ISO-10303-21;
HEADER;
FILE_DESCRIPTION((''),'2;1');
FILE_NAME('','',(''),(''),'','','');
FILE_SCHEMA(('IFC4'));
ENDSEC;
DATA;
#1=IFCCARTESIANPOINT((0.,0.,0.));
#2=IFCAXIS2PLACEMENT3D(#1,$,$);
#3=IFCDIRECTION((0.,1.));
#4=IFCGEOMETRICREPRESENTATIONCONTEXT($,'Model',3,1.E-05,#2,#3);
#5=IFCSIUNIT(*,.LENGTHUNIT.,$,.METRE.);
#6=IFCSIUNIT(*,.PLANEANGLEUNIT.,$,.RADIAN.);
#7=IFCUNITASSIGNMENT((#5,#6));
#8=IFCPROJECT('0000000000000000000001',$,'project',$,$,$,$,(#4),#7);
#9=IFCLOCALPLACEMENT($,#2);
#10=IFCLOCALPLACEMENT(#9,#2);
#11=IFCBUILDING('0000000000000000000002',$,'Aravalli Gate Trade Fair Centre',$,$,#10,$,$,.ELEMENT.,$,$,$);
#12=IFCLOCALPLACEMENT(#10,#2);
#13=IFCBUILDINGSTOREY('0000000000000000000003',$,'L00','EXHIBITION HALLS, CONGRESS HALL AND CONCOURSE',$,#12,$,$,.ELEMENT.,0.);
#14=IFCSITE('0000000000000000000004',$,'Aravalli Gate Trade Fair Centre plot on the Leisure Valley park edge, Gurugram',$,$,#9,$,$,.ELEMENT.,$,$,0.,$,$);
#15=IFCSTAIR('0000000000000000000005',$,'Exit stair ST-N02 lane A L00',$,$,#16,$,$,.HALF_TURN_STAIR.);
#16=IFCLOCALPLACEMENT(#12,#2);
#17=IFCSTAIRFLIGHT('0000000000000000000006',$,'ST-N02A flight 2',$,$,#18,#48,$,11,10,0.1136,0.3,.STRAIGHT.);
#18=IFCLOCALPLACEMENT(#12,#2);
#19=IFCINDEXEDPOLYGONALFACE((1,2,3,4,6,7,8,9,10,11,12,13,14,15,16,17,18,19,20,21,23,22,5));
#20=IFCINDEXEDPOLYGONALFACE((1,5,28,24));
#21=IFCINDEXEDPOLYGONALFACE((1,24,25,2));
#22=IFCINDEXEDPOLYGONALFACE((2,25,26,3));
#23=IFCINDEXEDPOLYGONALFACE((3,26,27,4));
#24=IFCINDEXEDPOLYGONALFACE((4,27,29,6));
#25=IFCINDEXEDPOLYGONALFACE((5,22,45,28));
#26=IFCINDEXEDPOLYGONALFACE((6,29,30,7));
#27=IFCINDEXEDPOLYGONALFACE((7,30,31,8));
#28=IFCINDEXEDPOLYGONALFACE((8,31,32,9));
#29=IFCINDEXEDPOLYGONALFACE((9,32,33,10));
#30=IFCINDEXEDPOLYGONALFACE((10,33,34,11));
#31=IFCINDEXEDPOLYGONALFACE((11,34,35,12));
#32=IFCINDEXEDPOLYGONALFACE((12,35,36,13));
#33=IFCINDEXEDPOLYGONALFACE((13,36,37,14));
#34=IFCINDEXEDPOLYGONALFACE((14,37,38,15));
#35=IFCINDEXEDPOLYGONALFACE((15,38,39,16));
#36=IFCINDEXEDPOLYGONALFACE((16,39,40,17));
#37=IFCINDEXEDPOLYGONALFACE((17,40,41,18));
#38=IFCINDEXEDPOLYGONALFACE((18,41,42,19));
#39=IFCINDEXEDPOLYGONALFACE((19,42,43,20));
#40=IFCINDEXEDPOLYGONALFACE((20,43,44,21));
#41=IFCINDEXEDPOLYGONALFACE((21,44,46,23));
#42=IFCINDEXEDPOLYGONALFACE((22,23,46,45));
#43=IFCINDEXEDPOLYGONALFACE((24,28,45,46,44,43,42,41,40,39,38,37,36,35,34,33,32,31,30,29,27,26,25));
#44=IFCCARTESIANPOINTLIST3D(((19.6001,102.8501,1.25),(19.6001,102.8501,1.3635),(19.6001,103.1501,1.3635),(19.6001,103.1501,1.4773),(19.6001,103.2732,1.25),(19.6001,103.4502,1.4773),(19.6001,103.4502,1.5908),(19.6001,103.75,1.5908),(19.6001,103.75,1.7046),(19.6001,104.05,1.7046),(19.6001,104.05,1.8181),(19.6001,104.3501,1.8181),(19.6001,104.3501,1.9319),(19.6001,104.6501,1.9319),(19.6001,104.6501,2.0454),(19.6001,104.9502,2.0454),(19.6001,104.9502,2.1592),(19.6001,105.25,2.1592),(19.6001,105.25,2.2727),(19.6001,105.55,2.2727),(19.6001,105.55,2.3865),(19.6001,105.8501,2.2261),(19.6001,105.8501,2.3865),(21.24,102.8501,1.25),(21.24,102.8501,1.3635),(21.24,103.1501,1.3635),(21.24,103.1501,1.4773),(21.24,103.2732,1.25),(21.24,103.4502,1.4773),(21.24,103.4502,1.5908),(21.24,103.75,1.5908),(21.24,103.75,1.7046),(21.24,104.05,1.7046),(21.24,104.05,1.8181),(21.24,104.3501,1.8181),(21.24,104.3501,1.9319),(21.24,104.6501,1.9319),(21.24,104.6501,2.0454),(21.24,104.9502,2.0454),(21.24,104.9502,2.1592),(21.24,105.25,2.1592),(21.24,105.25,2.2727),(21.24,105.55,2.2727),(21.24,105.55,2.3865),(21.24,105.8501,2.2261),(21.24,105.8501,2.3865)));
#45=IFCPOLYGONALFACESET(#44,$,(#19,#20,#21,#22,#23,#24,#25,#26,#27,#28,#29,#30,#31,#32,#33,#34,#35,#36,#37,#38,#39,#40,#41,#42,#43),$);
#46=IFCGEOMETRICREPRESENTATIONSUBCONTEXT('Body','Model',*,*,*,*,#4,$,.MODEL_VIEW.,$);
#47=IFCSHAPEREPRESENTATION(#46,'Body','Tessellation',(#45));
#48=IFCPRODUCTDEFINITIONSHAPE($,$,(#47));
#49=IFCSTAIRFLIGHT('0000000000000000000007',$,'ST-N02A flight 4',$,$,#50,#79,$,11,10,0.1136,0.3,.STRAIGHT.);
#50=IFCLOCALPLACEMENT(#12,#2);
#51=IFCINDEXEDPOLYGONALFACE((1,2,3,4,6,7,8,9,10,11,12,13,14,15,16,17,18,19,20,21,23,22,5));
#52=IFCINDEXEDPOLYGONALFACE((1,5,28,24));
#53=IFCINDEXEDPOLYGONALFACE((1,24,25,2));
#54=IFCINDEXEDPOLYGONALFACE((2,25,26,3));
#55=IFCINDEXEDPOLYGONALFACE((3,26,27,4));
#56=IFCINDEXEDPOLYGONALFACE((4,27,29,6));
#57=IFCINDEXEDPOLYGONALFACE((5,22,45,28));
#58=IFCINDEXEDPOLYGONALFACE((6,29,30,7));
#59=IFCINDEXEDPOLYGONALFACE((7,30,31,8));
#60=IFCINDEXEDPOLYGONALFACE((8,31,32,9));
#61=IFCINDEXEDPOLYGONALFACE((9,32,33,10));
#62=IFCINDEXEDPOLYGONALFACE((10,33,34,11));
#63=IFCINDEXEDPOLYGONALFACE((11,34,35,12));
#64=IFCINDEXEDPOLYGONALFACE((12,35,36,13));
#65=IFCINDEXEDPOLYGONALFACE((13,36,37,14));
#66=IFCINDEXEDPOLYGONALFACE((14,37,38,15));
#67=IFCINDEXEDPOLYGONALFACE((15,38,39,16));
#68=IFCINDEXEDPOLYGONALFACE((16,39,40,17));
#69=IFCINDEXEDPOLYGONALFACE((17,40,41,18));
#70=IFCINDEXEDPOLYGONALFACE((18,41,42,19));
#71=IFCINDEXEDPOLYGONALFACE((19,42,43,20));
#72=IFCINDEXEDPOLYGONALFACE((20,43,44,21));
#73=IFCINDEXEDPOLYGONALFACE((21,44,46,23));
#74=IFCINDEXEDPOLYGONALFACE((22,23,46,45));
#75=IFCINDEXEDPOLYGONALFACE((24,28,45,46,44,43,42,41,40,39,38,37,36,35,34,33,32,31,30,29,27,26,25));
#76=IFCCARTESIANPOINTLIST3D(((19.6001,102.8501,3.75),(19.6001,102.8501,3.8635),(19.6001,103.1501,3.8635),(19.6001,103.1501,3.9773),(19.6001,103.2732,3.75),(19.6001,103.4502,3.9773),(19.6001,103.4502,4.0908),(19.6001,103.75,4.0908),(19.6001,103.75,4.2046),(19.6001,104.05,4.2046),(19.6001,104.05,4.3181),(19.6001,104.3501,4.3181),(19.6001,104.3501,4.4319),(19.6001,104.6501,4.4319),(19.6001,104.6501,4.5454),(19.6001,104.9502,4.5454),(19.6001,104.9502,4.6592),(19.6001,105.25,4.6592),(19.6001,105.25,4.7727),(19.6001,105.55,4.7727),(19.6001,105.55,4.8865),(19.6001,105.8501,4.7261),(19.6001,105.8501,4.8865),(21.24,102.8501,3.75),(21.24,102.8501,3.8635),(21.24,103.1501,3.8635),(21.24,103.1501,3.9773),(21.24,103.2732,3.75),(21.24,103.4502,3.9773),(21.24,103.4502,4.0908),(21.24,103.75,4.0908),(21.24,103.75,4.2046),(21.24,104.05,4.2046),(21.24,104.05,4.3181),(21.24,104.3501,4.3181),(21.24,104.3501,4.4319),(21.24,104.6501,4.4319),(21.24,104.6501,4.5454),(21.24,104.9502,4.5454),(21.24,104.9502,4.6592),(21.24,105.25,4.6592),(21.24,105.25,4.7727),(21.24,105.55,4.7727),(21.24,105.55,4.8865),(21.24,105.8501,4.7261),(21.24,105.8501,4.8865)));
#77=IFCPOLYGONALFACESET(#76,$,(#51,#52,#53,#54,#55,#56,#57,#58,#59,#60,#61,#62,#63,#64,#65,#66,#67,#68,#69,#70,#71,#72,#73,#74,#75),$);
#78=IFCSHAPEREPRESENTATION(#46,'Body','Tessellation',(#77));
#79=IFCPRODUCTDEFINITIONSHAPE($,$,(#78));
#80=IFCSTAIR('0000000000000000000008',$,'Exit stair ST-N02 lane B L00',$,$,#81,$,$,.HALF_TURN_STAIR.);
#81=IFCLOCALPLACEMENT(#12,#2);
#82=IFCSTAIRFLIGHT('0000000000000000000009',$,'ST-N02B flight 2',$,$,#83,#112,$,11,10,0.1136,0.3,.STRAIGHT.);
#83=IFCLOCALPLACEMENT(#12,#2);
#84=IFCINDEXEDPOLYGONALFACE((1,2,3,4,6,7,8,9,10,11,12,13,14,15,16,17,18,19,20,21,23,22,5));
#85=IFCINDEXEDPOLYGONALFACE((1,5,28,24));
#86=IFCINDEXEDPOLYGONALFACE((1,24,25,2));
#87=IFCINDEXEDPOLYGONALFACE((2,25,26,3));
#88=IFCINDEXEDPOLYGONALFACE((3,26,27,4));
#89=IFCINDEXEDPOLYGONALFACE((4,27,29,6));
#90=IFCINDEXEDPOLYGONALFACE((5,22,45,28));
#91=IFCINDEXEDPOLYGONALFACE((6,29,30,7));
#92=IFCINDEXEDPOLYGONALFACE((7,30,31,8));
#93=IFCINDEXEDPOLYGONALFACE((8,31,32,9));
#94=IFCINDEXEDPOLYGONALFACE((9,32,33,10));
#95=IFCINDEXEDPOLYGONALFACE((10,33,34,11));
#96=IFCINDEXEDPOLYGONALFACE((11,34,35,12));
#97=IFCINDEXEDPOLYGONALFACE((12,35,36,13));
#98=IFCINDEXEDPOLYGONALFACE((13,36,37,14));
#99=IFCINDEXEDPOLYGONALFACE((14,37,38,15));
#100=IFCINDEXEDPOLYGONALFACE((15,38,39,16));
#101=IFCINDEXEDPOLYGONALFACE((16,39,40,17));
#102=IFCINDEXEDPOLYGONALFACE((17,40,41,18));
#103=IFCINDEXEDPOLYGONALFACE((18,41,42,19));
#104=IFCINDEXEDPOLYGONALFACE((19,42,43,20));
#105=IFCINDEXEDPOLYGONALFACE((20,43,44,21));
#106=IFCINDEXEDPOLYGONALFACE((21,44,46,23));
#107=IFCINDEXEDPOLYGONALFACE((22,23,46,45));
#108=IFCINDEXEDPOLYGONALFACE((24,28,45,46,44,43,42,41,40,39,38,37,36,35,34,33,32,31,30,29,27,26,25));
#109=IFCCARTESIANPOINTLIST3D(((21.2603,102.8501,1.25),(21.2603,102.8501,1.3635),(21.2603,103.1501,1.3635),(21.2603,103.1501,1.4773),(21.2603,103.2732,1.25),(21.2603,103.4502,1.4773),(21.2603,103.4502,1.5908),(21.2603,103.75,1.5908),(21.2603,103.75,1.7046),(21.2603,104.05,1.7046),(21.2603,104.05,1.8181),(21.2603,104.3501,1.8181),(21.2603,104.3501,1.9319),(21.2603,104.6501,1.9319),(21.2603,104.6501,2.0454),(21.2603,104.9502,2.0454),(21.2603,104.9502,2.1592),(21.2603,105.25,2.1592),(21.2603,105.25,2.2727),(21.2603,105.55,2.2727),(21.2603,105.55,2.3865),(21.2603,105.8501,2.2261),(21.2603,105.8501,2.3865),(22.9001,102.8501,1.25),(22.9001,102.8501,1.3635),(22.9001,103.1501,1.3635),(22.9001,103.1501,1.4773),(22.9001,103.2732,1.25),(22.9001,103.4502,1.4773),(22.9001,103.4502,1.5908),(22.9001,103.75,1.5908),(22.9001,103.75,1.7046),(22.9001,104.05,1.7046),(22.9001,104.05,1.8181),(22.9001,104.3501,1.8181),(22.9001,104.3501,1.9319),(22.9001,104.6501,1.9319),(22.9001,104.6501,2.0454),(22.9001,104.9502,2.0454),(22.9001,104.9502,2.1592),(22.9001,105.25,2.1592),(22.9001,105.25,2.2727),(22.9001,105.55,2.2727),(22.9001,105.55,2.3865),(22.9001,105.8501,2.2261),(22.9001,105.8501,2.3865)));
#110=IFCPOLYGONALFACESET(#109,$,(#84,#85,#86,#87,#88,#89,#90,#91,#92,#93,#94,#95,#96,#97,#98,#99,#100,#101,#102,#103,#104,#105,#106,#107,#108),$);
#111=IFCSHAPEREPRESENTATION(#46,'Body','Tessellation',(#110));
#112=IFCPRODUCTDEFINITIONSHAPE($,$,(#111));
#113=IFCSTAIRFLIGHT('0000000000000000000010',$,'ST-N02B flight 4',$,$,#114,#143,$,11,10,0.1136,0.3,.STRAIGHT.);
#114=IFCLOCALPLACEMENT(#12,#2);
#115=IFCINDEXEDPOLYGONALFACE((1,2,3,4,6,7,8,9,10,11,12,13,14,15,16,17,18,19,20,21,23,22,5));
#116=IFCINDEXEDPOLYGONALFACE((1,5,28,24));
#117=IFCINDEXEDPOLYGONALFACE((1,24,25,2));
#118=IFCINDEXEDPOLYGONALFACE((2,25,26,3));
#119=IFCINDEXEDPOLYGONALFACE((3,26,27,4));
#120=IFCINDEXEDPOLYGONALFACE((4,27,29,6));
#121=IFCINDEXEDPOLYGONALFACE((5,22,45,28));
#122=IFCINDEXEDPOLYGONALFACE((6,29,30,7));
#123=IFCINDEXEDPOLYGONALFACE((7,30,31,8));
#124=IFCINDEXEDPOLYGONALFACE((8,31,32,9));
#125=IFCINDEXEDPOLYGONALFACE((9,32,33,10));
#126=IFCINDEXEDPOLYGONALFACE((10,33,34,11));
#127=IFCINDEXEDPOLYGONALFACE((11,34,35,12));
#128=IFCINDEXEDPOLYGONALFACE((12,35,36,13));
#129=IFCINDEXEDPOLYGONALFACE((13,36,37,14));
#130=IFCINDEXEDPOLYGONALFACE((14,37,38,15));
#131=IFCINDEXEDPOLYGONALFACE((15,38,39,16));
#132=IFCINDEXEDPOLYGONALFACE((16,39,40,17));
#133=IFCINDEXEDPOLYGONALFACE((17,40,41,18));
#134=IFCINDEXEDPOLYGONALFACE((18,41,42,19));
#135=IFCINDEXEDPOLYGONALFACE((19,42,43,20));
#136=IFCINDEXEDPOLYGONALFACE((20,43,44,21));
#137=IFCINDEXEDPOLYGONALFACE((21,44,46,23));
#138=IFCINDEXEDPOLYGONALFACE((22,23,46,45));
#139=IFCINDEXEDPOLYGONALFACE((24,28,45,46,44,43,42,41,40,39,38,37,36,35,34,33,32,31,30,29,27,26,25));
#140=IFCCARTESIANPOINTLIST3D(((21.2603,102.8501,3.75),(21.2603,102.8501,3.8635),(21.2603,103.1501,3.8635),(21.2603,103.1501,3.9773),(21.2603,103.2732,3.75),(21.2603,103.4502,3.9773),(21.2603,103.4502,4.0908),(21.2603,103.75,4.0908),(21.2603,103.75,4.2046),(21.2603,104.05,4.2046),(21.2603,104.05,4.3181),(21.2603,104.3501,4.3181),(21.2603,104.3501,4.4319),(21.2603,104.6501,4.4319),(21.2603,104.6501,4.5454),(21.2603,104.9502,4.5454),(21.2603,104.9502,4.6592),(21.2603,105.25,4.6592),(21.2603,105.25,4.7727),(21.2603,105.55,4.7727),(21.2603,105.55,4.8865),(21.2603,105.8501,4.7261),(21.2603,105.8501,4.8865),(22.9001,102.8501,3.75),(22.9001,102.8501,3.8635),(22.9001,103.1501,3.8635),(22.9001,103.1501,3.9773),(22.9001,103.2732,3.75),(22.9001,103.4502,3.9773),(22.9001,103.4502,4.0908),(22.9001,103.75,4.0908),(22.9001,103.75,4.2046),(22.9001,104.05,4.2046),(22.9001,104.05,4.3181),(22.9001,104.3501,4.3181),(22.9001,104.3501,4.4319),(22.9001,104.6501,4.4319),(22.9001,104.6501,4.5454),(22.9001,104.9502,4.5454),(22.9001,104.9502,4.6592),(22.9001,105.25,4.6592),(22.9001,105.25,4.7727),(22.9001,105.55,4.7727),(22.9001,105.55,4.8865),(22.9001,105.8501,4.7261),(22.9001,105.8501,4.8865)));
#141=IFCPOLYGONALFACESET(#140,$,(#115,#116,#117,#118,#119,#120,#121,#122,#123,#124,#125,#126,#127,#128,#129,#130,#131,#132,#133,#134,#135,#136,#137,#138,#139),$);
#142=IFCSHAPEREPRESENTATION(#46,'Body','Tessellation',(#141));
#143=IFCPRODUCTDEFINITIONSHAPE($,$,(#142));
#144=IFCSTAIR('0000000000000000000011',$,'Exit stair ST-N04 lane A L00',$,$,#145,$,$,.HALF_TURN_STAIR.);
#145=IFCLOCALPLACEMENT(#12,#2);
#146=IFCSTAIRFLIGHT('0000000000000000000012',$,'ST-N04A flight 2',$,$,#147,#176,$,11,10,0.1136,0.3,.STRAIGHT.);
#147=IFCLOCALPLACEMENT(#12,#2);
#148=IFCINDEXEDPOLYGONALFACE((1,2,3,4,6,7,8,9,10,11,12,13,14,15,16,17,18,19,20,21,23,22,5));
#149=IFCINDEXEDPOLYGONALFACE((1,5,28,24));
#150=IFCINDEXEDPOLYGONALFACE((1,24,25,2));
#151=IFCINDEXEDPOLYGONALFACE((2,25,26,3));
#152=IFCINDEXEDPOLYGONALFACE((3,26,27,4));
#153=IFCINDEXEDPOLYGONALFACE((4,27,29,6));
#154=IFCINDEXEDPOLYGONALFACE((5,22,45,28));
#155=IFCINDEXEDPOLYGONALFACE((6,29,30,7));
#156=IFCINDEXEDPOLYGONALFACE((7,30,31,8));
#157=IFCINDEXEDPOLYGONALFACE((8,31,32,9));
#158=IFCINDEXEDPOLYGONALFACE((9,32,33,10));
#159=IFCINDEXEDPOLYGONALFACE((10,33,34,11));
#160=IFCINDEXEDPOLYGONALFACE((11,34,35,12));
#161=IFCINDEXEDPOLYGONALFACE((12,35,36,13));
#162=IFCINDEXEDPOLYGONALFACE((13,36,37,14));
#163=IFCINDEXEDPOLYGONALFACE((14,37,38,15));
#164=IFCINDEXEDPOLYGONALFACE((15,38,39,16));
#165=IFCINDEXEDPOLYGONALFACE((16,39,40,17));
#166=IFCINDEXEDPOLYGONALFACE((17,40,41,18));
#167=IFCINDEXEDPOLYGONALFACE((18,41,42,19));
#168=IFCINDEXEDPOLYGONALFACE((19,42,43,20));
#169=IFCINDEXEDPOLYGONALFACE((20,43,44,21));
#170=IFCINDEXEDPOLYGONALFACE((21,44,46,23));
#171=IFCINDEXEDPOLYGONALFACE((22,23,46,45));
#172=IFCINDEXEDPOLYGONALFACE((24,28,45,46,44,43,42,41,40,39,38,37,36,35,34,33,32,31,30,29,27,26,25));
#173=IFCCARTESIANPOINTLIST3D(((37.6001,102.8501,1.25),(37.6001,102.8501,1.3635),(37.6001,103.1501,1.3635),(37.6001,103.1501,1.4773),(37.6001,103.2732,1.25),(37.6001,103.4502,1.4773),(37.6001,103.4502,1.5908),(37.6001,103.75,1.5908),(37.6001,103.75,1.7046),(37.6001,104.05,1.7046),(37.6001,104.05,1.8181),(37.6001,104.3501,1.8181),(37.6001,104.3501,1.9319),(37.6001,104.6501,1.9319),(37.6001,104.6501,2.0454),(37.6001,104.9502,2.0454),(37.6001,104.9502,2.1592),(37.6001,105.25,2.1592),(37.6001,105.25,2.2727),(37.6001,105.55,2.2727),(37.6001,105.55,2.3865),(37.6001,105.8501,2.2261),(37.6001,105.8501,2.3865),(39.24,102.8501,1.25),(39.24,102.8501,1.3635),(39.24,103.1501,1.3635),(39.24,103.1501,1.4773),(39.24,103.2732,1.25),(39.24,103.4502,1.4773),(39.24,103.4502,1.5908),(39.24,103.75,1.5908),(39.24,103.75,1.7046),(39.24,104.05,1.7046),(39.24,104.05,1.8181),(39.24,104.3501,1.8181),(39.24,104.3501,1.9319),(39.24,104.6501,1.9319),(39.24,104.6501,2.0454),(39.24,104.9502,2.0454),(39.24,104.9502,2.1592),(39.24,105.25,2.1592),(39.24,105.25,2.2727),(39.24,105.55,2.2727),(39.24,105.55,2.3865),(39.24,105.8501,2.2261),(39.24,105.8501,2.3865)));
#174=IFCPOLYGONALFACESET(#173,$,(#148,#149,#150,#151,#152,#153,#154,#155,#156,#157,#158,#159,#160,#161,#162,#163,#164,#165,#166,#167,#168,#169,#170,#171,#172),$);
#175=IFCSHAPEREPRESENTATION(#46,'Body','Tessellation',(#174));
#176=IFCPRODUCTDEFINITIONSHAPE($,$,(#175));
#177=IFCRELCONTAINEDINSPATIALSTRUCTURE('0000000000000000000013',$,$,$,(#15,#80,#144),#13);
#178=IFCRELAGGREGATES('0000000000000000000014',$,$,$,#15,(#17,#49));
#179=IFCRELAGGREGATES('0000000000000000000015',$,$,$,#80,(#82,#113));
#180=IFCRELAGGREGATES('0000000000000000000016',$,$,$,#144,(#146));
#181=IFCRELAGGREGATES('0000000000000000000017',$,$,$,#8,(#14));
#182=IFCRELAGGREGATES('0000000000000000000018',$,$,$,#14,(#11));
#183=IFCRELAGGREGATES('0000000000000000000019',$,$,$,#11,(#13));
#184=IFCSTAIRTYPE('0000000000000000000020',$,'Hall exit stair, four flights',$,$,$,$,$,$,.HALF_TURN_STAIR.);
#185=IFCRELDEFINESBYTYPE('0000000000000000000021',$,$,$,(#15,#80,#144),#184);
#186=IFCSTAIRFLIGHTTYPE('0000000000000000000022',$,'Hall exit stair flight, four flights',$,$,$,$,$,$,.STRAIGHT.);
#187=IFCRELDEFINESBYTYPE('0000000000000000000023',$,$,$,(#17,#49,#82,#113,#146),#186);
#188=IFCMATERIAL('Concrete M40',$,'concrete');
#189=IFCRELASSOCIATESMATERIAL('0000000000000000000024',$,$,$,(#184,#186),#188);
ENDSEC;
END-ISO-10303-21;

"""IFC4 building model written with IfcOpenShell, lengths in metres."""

from ifc_helpers import new_model, si_unit, direction, frame, origin, place, context, subcontext, project, spatial, polyline, outline, extrude, material, type_object, element, aggregate, save


model = new_model("IFC4")

# Units and contexts
model_context = context("Model", 3, precision=1e-05, world=origin(), true_north=direction((0.0, 1.0)))
body_context = subcontext(model_context, "Body", "Model", "MODEL_VIEW")
ifc_project = project(units=[si_unit("LENGTHUNIT", "METRE"), si_unit("PLANEANGLEUNIT", "RADIAN")], contexts=[model_context])

# Site, building, storey
site_placement = place(None, origin())
site = spatial("IfcSite", under=ifc_project, at=site_placement, Name="Aravalli Gate Trade Fair Centre plot on the Leisure Valley park edge, Gurugram", CompositionType="ELEMENT", RefElevation=0.0)
building_placement = place(site_placement, origin())
building = spatial("IfcBuilding", under=site, at=building_placement, Name="Aravalli Gate Trade Fair Centre", CompositionType="ELEMENT")
storey_placement = place(building_placement, origin())
storey = spatial("IfcBuildingStorey", under=building, at=storey_placement, Name="L00", Description="EXHIBITION HALLS, CONGRESS HALL AND CONCOURSE", CompositionType="ELEMENT", Elevation=0.0)

# Shared definitions
ifc_material_1 = material(Name="Concrete M40", Category="concrete")

# Stairs, stair flights
stair_type_1 = type_object("IfcStairType", Name="Hall exit stair, four flights", PredefinedType="HALF_TURN_STAIR", material=ifc_material_1)
stair_1_placement = place(storey_placement, origin())
stair_1 = element("IfcStair", 1, at=stair_1_placement, inside=storey, type_object=stair_type_1, Name="Exit stair ST-N02 lane A L00", PredefinedType="HALF_TURN_STAIR")
stair_flight_type_1 = type_object("IfcStairFlightType", Name="Hall exit stair flight, four flights", PredefinedType="STRAIGHT", material=ifc_material_1)
stair_flight_1_placement = place(storey_placement, frame((20.4199, 102.8501, 1.25), z_axis=(0.0, 0.0, 1.0), x_axis=(0.0, 1.0, 0.0)))
stair_flight_1 = element("IfcStairFlight", 2, at=stair_flight_1_placement, type_object=stair_flight_type_1, Name="ST-N02A flight 2", NumberOfRisers=11, NumberOfTreads=10, PredefinedType="STRAIGHT", RiserHeight=0.1136, TreadLength=0.3, context=body_context, shape_type="SweptSolid", body=[
    extrude(outline(polyline([(0.0, 0.0), (0.0, 0.1135), (0.3, 0.1135), (0.3, 0.2273), (0.6001, 0.2273), (0.6001, 0.3408), (0.8999, 0.3408), (0.8999, 0.4546), (1.2, 0.4546), (1.2, 0.5681), (1.5, 0.5681), (1.5, 0.6819), (1.8, 0.6819), (1.8, 0.7954), (2.1001, 0.7954), (2.1001, 0.9092), (2.3999, 0.9092), (2.3999, 1.0227), (2.7, 1.0227), (2.7, 1.1365), (3.0, 1.1365), (3.0, 1.25), (3.0, 0.9761), (0.4231, 0.0), (0.0, 0.0)])), frame((0.0, 0.8198, 0.0), z_axis=(0.0, -1.0, 0.0), x_axis=(1.0, 0.0, 0.0)), (0.0, 0.0, 1.0), 1.6399),
])
stair_flight_2_placement = place(storey_placement, frame((20.4199, 102.8501, 3.75), z_axis=(0.0, 0.0, 1.0), x_axis=(0.0, 1.0, 0.0)))
stair_flight_2 = element("IfcStairFlight", 3, at=stair_flight_2_placement, type_object=stair_flight_type_1, Name="ST-N02A flight 4", NumberOfRisers=11, NumberOfTreads=10, PredefinedType="STRAIGHT", RiserHeight=0.1136, TreadLength=0.3, context=body_context, shape_type="SweptSolid", body=[
    extrude(outline(polyline([(0.0, 0.0), (0.0, 0.1135), (0.3, 0.1135), (0.3, 0.2273), (0.6001, 0.2273), (0.6001, 0.3408), (0.8999, 0.3408), (0.8999, 0.4546), (1.2, 0.4546), (1.2, 0.5681), (1.5, 0.5681), (1.5, 0.6819), (1.8, 0.6819), (1.8, 0.7954), (2.1001, 0.7954), (2.1001, 0.9092), (2.3999, 0.9092), (2.3999, 1.0227), (2.7, 1.0227), (2.7, 1.1365), (3.0, 1.1365), (3.0, 1.25), (3.0, 0.9761), (0.4231, 0.0), (0.0, 0.0)])), frame((0.0, 0.8198, 0.0), z_axis=(0.0, -1.0, 0.0), x_axis=(1.0, 0.0, 0.0)), (0.0, 0.0, 1.0), 1.6399),
])
aggregate(stair_1, [stair_flight_1, stair_flight_2])
stair_2_placement = place(storey_placement, origin())
stair_2 = element("IfcStair", 4, at=stair_2_placement, inside=storey, type_object=stair_type_1, Name="Exit stair ST-N02 lane B L00", PredefinedType="HALF_TURN_STAIR")
stair_flight_3_placement = place(storey_placement, frame((22.0801, 102.8501, 1.25), z_axis=(0.0, 0.0, 1.0), x_axis=(0.0, 1.0, 0.0)))
stair_flight_3 = element("IfcStairFlight", 5, at=stair_flight_3_placement, type_object=stair_flight_type_1, Name="ST-N02B flight 2", NumberOfRisers=11, NumberOfTreads=10, PredefinedType="STRAIGHT", RiserHeight=0.1136, TreadLength=0.3, context=body_context, shape_type="SweptSolid", body=[
    extrude(outline(polyline([(0.0, 0.0), (0.0, 0.1135), (0.3, 0.1135), (0.3, 0.2273), (0.6001, 0.2273), (0.6001, 0.3408), (0.8999, 0.3408), (0.8999, 0.4546), (1.2, 0.4546), (1.2, 0.5681), (1.5, 0.5681), (1.5, 0.6819), (1.8, 0.6819), (1.8, 0.7954), (2.1001, 0.7954), (2.1001, 0.9092), (2.3999, 0.9092), (2.3999, 1.0227), (2.7, 1.0227), (2.7, 1.1365), (3.0, 1.1365), (3.0, 1.25), (3.0, 0.9761), (0.4231, 0.0), (0.0, 0.0)])), frame((0.0, 0.8198, 0.0), z_axis=(0.0, -1.0, 0.0), x_axis=(1.0, 0.0, 0.0)), (0.0, 0.0, 1.0), 1.6399),
])
stair_flight_4_placement = place(storey_placement, frame((22.0801, 102.8501, 3.75), z_axis=(0.0, 0.0, 1.0), x_axis=(0.0, 1.0, 0.0)))
stair_flight_4 = element("IfcStairFlight", 6, at=stair_flight_4_placement, type_object=stair_flight_type_1, Name="ST-N02B flight 4", NumberOfRisers=11, NumberOfTreads=10, PredefinedType="STRAIGHT", RiserHeight=0.1136, TreadLength=0.3, context=body_context, shape_type="SweptSolid", body=[
    extrude(outline(polyline([(0.0, 0.0), (0.0, 0.1135), (0.3, 0.1135), (0.3, 0.2273), (0.6001, 0.2273), (0.6001, 0.3408), (0.8999, 0.3408), (0.8999, 0.4546), (1.2, 0.4546), (1.2, 0.5681), (1.5, 0.5681), (1.5, 0.6819), (1.8, 0.6819), (1.8, 0.7954), (2.1001, 0.7954), (2.1001, 0.9092), (2.3999, 0.9092), (2.3999, 1.0227), (2.7, 1.0227), (2.7, 1.1365), (3.0, 1.1365), (3.0, 1.25), (3.0, 0.9761), (0.4231, 0.0), (0.0, 0.0)])), frame((0.0, 0.8198, 0.0), z_axis=(0.0, -1.0, 0.0), x_axis=(1.0, 0.0, 0.0)), (0.0, 0.0, 1.0), 1.6399),
])
aggregate(stair_2, [stair_flight_3, stair_flight_4])
stair_3_placement = place(storey_placement, origin())
stair_3 = element("IfcStair", 7, at=stair_3_placement, inside=storey, type_object=stair_type_1, Name="Exit stair ST-N04 lane A L00", PredefinedType="HALF_TURN_STAIR")
stair_flight_5_placement = place(storey_placement, frame((38.4199, 102.8501, 1.25), z_axis=(0.0, 0.0, 1.0), x_axis=(0.0, 1.0, 0.0)))
stair_flight_5 = element("IfcStairFlight", 8, at=stair_flight_5_placement, type_object=stair_flight_type_1, Name="ST-N04A flight 2", NumberOfRisers=11, NumberOfTreads=10, PredefinedType="STRAIGHT", RiserHeight=0.1136, TreadLength=0.3, context=body_context, shape_type="SweptSolid", body=[
    extrude(outline(polyline([(0.0, 0.0), (0.0, 0.1135), (0.3, 0.1135), (0.3, 0.2273), (0.6001, 0.2273), (0.6001, 0.3408), (0.8999, 0.3408), (0.8999, 0.4546), (1.2, 0.4546), (1.2, 0.5681), (1.5, 0.5681), (1.5, 0.6819), (1.8, 0.6819), (1.8, 0.7954), (2.1001, 0.7954), (2.1001, 0.9092), (2.3999, 0.9092), (2.3999, 1.0227), (2.7, 1.0227), (2.7, 1.1365), (3.0, 1.1365), (3.0, 1.25), (3.0, 0.9761), (0.4231, 0.0), (0.0, 0.0)])), frame((0.0, 0.8198, 0.0), z_axis=(0.0, -1.0, 0.0), x_axis=(1.0, 0.0, 0.0)), (0.0, 0.0, 1.0), 1.6399),
])
aggregate(stair_3, [stair_flight_5])

save(model, "model.ifc")
